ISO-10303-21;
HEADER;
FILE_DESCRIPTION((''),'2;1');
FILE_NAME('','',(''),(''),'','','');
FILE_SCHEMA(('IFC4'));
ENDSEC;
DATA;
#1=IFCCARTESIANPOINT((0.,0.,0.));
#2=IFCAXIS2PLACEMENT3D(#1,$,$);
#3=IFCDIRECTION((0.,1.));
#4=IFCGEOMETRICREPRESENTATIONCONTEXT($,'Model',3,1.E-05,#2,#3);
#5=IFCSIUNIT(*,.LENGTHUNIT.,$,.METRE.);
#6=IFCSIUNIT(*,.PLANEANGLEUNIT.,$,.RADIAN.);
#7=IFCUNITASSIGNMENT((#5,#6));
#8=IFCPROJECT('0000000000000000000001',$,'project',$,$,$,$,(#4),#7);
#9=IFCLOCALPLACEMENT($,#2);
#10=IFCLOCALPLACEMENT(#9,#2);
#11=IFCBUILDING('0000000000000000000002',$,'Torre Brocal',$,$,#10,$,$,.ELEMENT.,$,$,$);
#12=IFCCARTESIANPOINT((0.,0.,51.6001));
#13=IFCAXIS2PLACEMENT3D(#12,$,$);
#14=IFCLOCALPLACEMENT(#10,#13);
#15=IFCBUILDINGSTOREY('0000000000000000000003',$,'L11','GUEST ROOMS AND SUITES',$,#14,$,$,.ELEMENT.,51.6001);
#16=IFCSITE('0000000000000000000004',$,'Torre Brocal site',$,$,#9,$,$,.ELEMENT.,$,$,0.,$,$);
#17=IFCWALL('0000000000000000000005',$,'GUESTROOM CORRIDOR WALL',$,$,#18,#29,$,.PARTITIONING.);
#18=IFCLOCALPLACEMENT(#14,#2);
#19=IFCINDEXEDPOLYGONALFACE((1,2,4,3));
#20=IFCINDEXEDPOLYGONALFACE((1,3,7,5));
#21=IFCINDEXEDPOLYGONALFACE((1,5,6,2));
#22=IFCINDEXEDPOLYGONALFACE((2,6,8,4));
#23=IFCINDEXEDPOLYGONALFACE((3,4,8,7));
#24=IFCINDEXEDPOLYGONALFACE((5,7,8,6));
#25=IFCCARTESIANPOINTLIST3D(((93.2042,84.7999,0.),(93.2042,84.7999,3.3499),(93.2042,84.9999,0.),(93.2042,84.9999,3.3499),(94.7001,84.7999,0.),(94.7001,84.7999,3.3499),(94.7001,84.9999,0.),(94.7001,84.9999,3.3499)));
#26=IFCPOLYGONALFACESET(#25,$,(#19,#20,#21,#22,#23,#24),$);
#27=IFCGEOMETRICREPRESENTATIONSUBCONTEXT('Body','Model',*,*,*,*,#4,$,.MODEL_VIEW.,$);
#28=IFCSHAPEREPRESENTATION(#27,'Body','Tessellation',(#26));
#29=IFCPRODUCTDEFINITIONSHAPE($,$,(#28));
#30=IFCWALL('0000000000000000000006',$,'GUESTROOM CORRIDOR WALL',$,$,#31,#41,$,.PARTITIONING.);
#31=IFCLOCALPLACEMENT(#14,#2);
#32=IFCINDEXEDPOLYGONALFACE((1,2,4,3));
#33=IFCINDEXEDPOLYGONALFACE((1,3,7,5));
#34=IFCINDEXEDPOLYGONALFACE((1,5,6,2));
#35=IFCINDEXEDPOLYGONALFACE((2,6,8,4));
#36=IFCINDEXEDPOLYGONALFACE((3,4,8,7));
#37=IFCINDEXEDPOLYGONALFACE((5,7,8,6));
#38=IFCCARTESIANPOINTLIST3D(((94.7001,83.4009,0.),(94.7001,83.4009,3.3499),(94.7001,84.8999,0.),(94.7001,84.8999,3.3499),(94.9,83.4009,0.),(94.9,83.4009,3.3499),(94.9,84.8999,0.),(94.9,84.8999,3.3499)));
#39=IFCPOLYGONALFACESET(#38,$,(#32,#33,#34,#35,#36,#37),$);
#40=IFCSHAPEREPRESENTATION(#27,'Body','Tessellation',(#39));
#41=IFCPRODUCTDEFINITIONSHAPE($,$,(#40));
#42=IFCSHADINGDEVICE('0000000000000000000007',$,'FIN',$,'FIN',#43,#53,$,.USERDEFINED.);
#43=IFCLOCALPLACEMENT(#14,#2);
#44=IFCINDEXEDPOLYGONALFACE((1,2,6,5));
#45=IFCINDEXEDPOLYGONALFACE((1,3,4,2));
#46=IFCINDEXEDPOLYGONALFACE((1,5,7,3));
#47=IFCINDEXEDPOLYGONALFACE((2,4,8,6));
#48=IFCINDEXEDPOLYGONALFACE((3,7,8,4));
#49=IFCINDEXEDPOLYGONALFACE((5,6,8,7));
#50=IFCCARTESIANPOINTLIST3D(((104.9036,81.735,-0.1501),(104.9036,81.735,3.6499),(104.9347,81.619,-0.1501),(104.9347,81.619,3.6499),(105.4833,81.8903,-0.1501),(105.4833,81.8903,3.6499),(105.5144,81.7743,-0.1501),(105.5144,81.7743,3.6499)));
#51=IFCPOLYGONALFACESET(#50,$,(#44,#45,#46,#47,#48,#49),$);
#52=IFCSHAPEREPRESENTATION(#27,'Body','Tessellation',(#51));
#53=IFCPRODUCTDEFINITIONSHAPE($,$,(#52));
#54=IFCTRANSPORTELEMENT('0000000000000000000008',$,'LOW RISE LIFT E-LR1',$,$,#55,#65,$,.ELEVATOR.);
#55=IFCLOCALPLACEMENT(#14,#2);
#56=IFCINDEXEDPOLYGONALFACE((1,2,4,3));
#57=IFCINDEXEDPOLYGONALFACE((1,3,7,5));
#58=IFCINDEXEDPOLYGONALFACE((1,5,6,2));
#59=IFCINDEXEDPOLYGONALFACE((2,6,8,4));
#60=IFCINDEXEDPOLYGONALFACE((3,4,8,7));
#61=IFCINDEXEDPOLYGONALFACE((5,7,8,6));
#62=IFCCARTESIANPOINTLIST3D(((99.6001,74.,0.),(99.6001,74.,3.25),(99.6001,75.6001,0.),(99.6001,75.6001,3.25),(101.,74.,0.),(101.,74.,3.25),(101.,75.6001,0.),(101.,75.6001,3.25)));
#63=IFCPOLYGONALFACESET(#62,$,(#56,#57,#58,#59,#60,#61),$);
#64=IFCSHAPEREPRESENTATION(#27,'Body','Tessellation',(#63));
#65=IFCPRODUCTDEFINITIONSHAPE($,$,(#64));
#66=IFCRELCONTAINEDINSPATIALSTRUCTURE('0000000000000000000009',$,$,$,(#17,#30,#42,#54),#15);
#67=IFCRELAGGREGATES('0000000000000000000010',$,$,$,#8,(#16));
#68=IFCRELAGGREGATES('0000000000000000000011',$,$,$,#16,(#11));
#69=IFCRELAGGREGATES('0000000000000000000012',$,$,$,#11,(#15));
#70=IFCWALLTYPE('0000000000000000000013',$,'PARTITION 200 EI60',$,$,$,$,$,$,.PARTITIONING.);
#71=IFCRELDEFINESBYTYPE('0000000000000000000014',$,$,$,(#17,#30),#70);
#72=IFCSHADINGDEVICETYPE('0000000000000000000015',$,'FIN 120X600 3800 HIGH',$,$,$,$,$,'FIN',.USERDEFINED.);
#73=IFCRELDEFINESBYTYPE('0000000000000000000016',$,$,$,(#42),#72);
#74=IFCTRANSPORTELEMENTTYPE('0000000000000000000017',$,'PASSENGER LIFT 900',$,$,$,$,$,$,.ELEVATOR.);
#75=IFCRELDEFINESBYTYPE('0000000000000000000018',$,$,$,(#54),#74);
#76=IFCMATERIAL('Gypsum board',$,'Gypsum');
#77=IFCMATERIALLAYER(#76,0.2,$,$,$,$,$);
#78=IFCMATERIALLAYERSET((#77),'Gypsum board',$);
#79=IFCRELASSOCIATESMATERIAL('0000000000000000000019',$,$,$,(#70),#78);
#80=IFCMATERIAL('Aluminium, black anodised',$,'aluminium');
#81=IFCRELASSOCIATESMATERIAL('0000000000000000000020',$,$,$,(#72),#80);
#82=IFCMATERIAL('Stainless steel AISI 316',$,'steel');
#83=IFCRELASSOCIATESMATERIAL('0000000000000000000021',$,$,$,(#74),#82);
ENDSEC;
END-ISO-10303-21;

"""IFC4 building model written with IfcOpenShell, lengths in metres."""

from ifc_helpers import new_model, si_unit, direction, frame, frame_2d, origin, origin_2d, place, context, subcontext, project, spatial, rectangle, extrude, material, layer, layer_set, material_profile, profile_set, type_object, element, save


model = new_model("IFC4")

# Units and contexts
model_context = context("Model", 3, precision=1e-05, world=origin(), true_north=direction((0.0, 1.0)))
body_context = subcontext(model_context, "Body", "Model", "MODEL_VIEW")
ifc_project = project(units=[si_unit("LENGTHUNIT", "METRE"), si_unit("PLANEANGLEUNIT", "RADIAN")], contexts=[model_context])

# Site, building, storey
site_placement = place(None, origin())
site = spatial("IfcSite", under=ifc_project, at=site_placement, Name="Torre Brocal site", CompositionType="ELEMENT", RefElevation=0.0)
building_placement = place(site_placement, origin())
building = spatial("IfcBuilding", under=site, at=building_placement, Name="Torre Brocal", CompositionType="ELEMENT")
storey_placement = place(building_placement, frame((0.0, 0.0, 51.6001)))
storey = spatial("IfcBuildingStorey", under=building, at=storey_placement, Name="L11", Description="GUEST ROOMS AND SUITES", CompositionType="ELEMENT", Elevation=51.6001)

# Walls
ifc_material_1 = material(Name="Gypsum board", Category="Gypsum")
ifc_layer_1 = layer(ifc_material_1, 0.2)
ifc_layer_set_1 = layer_set([ifc_layer_1], Name="Gypsum board")
wall_type_1 = type_object("IfcWallType", Name="PARTITION 200 EI60", PredefinedType="PARTITIONING", material=ifc_layer_set_1)
wall_1_placement = place(storey_placement, frame((93.2041, 84.8999, 0.0), z_axis=(0.0, 0.0, 1.0), x_axis=(1.0, 0.0, 0.0)))
element("IfcWall", 1, at=wall_1_placement, inside=storey, type_object=wall_type_1, Name="GUESTROOM CORRIDOR WALL", PredefinedType="PARTITIONING", context=body_context, shape_type="SweptSolid", body=[
    extrude(rectangle(XDim=1.4958, YDim=0.2, at=frame_2d((0.748, 0.0))), origin(), (0.0, 0.0, 1.0), 3.3499),
])
wall_2_placement = place(storey_placement, frame((94.8, 83.4009, 0.0), z_axis=(0.0, 0.0, 1.0), x_axis=(0.0, 1.0, 0.0)))
element("IfcWall", 2, at=wall_2_placement, inside=storey, type_object=wall_type_1, Name="GUESTROOM CORRIDOR WALL", PredefinedType="PARTITIONING", context=body_context, shape_type="SweptSolid", body=[
    extrude(rectangle(XDim=1.499, YDim=0.2, at=frame_2d((0.7495, 0.0))), origin(), (0.0, 0.0, 1.0), 3.3499),
])

# Shading device
ifc_material_2 = material(Name="Aluminium, black anodised", Category="aluminium")
ifc_material_profile_1 = material_profile(ifc_material_2, rectangle(XDim=0.1201, YDim=0.6001, at=origin_2d()), Name="FIN 120X600 3800 HIGH")
ifc_profile_set_1 = profile_set([ifc_material_profile_1], Name="Aluminium, black anodised")
shading_device_type = type_object("IfcShadingDeviceType", Name="FIN 120X600 3800 HIGH", ElementType="FIN", PredefinedType="USERDEFINED", material=ifc_profile_set_1)
shading_device_placement = place(storey_placement, frame((105.209, 81.7546, -0.1501), z_axis=(0.0, 0.0, 1.0), x_axis=(-0.258819, 0.965926, 0.0)))
element("IfcShadingDevice", 3, at=shading_device_placement, inside=storey, type_object=shading_device_type, Name="FIN", ObjectType="FIN", PredefinedType="USERDEFINED", context=body_context, shape_type="SweptSolid", body=[
    extrude(rectangle(XDim=0.1201, YDim=0.6001, at=origin_2d()), origin(), (0.0, 0.0, 1.0), 3.8),
])

# Transport element
ifc_material_3 = material(Name="Stainless steel AISI 316", Category="steel")
transport_element_type = type_object("IfcTransportElementType", Name="PASSENGER LIFT 900", PredefinedType="ELEVATOR", material=ifc_material_3)
transport_element_placement = place(storey_placement, frame((100.3, 74.8, 0.0), z_axis=(0.0, 0.0, 1.0), x_axis=(1.0, 0.0, 0.0)))
element("IfcTransportElement", 4, at=transport_element_placement, inside=storey, type_object=transport_element_type, Name="LOW RISE LIFT E-LR1", PredefinedType="ELEVATOR", context=body_context, shape_type="SweptSolid", body=[
    extrude(rectangle(XDim=1.3999, YDim=1.6001, at=origin_2d()), origin(), (0.0, 0.0, 1.0), 3.25),
])

save(model, "model.ifc")
